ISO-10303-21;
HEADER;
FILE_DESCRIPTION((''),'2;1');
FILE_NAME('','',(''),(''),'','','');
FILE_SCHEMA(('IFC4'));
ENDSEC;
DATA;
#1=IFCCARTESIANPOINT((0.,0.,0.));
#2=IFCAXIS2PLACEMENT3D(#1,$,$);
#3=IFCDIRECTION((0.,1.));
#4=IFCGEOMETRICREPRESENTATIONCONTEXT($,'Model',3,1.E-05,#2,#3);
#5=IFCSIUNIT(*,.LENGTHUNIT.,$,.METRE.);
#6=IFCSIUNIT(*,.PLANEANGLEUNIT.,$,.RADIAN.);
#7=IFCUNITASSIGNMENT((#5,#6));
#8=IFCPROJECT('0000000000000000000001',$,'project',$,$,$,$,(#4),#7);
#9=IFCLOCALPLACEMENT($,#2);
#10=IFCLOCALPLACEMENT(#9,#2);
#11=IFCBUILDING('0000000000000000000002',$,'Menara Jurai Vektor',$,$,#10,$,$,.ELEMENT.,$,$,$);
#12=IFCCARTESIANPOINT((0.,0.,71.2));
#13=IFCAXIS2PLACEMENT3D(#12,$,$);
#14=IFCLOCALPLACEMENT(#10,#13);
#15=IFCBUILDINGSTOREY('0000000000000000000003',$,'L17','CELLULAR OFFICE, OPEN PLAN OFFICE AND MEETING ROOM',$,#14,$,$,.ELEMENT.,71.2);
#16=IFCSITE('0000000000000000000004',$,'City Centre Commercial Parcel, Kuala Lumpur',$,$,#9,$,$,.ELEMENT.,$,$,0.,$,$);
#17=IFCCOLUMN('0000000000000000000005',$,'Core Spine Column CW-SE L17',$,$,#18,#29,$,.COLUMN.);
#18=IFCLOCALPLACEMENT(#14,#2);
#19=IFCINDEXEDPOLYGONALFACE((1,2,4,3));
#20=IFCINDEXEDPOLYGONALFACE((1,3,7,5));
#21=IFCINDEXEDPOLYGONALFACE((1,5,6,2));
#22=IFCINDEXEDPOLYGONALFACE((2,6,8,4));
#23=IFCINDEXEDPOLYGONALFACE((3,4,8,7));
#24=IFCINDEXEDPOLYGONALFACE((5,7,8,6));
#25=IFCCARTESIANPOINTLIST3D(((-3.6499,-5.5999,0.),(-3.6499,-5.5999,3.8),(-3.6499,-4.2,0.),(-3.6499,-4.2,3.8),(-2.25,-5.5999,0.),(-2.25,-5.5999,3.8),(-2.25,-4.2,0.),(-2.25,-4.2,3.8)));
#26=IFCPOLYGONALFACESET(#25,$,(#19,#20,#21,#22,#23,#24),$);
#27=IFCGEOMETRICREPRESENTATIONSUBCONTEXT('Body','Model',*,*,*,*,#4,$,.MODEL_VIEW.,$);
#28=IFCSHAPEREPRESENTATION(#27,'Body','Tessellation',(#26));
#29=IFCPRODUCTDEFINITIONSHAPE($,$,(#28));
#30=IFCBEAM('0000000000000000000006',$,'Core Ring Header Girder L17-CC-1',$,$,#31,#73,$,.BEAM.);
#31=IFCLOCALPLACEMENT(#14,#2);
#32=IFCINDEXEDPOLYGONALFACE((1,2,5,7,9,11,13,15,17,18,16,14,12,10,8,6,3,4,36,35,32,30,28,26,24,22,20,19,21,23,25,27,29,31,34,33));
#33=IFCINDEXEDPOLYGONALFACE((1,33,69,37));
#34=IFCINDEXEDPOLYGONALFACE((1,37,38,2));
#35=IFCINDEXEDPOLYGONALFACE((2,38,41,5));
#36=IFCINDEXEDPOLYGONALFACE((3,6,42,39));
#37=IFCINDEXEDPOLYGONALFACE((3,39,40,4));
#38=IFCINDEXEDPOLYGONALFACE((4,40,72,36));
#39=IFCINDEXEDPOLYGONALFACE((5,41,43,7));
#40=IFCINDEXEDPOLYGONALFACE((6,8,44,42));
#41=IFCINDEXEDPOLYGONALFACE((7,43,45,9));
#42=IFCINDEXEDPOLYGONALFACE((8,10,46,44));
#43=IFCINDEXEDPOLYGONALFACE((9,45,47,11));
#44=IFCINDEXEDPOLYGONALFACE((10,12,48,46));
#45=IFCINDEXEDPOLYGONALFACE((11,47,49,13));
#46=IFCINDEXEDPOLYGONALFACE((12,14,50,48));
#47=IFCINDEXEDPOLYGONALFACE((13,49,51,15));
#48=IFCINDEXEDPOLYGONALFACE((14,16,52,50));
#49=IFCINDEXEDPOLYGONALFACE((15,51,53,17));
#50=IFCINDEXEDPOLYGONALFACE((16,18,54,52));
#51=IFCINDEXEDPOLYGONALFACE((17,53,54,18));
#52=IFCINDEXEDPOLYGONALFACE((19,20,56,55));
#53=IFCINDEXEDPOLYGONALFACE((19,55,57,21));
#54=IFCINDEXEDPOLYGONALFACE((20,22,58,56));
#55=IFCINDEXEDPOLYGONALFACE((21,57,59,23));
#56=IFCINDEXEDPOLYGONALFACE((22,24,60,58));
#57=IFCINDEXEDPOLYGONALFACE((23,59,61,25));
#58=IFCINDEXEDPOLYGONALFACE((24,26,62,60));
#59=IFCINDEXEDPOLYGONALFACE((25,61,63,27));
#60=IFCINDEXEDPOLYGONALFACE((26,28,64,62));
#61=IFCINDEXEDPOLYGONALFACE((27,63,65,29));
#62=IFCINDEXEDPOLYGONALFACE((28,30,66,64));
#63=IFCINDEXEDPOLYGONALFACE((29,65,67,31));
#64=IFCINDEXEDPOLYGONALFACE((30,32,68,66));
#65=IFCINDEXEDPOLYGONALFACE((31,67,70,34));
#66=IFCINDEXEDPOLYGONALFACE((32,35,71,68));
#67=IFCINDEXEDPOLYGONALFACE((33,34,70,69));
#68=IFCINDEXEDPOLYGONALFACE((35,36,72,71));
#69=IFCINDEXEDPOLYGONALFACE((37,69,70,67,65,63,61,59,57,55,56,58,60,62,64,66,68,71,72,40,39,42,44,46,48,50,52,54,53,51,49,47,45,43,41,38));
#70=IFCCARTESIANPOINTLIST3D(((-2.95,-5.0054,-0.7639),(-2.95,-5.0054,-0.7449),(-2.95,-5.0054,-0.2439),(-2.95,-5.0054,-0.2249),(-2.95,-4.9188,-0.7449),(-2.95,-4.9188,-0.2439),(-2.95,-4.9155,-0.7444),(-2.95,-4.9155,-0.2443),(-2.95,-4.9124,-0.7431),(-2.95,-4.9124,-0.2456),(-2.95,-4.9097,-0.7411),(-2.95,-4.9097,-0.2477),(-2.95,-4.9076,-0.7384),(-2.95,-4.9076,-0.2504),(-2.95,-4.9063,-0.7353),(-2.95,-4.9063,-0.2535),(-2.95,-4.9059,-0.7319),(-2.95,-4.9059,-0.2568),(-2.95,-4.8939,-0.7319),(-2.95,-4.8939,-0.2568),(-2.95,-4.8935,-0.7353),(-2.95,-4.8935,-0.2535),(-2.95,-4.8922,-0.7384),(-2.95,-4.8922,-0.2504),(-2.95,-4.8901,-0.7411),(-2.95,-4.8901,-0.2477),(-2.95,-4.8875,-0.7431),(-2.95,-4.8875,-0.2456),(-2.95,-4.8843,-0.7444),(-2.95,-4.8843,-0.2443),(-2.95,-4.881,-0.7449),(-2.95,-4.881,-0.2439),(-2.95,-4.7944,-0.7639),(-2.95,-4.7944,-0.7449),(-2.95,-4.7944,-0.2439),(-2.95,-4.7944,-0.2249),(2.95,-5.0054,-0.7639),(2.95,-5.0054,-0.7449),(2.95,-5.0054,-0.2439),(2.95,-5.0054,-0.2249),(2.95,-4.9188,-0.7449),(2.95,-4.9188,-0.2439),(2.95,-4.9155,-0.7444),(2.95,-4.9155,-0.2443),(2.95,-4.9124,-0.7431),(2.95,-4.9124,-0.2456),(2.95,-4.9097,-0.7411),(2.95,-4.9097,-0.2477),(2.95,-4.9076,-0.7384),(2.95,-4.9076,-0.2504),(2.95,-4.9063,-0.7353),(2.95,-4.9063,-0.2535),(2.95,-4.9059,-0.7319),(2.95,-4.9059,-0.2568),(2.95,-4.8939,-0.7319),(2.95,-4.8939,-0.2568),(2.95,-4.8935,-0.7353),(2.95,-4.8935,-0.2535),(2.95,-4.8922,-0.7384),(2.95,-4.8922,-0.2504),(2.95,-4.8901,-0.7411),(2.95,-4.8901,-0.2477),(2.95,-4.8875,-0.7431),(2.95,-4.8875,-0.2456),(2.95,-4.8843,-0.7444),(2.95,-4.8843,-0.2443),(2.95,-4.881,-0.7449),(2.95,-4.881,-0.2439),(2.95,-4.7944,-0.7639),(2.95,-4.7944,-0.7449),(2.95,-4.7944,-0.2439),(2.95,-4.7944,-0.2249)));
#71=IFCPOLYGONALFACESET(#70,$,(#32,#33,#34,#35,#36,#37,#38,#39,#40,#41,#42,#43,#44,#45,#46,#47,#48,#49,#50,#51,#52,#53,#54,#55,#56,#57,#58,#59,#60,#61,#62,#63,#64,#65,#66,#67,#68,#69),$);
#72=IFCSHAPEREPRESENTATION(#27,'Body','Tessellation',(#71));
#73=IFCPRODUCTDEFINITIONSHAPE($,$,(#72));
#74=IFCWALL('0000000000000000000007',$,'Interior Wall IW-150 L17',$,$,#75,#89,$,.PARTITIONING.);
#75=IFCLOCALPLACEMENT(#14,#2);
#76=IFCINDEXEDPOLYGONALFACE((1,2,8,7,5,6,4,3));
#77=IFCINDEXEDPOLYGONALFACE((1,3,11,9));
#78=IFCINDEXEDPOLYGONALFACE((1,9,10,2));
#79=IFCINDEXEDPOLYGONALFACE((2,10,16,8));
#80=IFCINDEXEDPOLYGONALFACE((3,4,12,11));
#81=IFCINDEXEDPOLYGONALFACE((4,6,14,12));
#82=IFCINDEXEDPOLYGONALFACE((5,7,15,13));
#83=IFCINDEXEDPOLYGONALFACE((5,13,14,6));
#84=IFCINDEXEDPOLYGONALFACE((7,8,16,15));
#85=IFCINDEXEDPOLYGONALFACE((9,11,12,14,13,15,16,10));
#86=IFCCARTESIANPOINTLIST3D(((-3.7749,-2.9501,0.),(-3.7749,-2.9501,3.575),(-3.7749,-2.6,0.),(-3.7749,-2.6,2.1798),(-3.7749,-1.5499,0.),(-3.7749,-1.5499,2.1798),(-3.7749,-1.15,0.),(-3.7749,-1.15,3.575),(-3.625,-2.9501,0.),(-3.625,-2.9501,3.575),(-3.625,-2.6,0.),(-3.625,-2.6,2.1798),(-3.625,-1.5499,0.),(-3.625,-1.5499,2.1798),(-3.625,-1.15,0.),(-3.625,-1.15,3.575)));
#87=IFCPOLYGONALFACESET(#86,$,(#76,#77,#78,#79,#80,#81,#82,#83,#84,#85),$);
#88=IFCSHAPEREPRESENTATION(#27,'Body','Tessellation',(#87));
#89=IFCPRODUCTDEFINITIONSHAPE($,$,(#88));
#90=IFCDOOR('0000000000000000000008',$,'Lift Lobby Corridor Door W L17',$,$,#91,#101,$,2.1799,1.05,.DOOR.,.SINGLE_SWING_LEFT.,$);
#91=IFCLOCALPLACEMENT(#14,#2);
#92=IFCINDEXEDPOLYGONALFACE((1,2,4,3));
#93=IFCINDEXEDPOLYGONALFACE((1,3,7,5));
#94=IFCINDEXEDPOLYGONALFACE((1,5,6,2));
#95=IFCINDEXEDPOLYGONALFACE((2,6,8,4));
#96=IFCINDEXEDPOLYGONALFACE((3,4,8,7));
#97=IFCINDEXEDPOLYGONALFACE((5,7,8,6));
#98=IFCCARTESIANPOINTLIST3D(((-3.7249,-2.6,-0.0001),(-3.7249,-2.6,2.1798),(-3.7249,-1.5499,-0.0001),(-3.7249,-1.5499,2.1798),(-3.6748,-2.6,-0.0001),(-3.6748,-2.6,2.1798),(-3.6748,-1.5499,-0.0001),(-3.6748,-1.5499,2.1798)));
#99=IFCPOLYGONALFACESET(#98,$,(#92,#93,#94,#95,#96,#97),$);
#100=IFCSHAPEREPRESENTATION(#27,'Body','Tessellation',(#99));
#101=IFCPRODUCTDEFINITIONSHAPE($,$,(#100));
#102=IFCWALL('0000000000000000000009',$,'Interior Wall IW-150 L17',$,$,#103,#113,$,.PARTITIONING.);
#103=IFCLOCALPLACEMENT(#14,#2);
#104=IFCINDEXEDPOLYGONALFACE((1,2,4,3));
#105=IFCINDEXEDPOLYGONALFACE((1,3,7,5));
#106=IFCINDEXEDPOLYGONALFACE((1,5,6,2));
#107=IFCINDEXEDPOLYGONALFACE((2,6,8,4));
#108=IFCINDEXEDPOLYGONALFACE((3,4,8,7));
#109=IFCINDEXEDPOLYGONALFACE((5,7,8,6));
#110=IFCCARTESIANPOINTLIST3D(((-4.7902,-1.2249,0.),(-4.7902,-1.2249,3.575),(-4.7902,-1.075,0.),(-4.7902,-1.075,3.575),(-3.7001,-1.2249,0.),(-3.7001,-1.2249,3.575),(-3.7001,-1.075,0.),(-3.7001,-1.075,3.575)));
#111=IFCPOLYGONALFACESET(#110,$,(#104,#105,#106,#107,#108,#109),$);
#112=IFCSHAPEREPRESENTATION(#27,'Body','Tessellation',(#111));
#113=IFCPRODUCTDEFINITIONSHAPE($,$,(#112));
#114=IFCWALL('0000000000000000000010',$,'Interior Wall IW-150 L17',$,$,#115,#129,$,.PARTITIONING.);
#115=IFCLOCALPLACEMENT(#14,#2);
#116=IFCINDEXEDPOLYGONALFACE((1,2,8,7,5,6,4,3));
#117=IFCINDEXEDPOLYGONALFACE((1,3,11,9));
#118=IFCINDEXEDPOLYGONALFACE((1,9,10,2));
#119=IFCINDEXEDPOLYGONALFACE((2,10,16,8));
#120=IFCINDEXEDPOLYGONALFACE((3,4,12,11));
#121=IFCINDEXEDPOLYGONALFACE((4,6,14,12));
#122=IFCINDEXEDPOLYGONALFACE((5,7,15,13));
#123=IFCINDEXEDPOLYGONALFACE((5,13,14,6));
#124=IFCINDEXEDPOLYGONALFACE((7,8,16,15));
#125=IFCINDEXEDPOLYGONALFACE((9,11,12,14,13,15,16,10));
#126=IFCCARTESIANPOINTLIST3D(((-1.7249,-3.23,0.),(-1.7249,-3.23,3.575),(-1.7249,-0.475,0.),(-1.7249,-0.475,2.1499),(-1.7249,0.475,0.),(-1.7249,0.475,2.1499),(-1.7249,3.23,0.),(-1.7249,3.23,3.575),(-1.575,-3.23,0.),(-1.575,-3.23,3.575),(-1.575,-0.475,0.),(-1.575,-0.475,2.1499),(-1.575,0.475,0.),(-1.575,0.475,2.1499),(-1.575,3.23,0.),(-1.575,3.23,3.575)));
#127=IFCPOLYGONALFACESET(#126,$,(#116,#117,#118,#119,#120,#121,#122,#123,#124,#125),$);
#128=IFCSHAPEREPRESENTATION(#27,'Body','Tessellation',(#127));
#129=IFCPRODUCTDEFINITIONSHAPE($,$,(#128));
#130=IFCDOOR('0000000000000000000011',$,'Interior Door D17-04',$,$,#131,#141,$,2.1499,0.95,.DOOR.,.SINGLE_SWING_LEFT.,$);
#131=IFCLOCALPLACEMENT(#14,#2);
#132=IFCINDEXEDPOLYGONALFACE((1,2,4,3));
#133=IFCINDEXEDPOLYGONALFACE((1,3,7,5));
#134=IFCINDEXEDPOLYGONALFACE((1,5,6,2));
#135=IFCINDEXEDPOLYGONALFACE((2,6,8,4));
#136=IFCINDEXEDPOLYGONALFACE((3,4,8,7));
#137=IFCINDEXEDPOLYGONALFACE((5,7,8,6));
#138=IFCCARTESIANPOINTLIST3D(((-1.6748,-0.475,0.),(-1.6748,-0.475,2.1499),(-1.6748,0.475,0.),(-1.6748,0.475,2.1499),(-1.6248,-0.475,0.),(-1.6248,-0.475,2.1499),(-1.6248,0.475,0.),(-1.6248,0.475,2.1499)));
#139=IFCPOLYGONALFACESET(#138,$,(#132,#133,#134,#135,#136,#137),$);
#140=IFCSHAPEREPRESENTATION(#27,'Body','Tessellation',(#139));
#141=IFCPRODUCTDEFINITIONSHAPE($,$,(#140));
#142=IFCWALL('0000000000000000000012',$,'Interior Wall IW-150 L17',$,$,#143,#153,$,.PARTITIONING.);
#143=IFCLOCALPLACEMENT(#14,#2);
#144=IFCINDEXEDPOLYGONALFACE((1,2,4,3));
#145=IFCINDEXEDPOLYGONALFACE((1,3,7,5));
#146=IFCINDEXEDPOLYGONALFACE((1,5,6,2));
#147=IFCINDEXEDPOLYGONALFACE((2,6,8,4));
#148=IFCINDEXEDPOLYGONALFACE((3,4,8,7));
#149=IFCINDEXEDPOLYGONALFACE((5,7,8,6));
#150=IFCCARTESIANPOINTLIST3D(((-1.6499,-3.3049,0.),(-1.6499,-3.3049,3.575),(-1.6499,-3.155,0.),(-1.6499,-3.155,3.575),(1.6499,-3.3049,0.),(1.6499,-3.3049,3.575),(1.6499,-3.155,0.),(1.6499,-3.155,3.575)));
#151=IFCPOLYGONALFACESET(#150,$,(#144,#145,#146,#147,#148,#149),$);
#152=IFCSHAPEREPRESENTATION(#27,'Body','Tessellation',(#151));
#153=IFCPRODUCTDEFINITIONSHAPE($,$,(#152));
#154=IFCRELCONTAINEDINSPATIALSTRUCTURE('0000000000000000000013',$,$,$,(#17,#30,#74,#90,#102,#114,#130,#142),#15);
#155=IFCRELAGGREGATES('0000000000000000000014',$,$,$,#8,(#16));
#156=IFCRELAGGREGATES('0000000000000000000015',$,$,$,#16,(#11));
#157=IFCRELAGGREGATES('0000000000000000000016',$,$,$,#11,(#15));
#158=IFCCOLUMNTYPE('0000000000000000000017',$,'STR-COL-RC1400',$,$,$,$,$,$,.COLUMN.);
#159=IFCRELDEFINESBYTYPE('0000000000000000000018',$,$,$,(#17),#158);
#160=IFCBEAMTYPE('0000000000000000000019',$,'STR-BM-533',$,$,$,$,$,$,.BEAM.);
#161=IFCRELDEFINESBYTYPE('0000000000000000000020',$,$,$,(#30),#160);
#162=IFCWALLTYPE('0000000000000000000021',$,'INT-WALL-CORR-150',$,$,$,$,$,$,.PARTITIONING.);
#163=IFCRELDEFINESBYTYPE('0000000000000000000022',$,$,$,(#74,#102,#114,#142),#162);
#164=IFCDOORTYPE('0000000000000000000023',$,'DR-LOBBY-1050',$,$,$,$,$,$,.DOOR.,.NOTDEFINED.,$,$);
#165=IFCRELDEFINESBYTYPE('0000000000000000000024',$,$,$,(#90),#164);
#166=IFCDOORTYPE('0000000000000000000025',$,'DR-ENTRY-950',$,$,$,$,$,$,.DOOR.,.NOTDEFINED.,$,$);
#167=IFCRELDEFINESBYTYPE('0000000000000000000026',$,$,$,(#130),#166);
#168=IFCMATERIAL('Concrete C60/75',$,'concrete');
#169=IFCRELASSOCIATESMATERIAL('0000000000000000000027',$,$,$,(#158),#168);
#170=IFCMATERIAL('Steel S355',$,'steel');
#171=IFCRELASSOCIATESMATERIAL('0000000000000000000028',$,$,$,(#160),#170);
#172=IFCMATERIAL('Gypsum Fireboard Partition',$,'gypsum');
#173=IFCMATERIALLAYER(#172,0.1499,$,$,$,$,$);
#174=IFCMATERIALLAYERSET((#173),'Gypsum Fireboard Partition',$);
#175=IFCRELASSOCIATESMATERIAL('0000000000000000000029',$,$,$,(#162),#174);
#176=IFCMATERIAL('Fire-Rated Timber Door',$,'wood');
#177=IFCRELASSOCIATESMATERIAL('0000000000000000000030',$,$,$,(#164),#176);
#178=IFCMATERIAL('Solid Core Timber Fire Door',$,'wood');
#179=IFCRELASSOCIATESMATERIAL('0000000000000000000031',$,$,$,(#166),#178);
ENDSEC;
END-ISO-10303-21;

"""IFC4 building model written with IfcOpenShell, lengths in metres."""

from ifc_helpers import new_model, si_unit, direction, frame, frame_2d, origin, origin_2d, place, context, subcontext, project, spatial, rectangle, i_section, extrude, material, layer, layer_set, material_profile, profile_set, type_object, element, fill, save


model = new_model("IFC4")

# Units and contexts
model_context = context("Model", 3, precision=1e-05, world=origin(), true_north=direction((0.0, 1.0)))
body_context = subcontext(model_context, "Body", "Model", "MODEL_VIEW")
ifc_project = project(units=[si_unit("LENGTHUNIT", "METRE"), si_unit("PLANEANGLEUNIT", "RADIAN")], contexts=[model_context])

# Site, building, storey
site_placement = place(None, origin())
site = spatial("IfcSite", under=ifc_project, at=site_placement, Name="City Centre Commercial Parcel, Kuala Lumpur", CompositionType="ELEMENT", RefElevation=0.0)
building_placement = place(site_placement, origin())
building = spatial("IfcBuilding", under=site, at=building_placement, Name="Menara Jurai Vektor", CompositionType="ELEMENT")
storey_placement = place(building_placement, frame((0.0, 0.0, 71.2)))
storey = spatial("IfcBuildingStorey", under=building, at=storey_placement, Name="L17", Description="CELLULAR OFFICE, OPEN PLAN OFFICE AND MEETING ROOM", CompositionType="ELEMENT", Elevation=71.2)

# Column
ifc_material_1 = material(Name="Concrete C60/75", Category="concrete")
ifc_material_profile_1 = material_profile(ifc_material_1, rectangle(XDim=1.3999, YDim=1.3999, at=origin_2d()), Name="RC 1400x1400")
ifc_profile_set_1 = profile_set([ifc_material_profile_1], Name="Concrete C60/75")
column_type = type_object("IfcColumnType", Name="STR-COL-RC1400", PredefinedType="COLUMN", material=ifc_profile_set_1)
column_placement = place(storey_placement, frame((-2.95, -4.8999, 0.0), z_axis=(0.0, 0.0, 1.0), x_axis=(1.0, 0.0, 0.0)))
element("IfcColumn", 1, at=column_placement, inside=storey, type_object=column_type, Name="Core Spine Column CW-SE L17", PredefinedType="COLUMN", context=body_context, shape_type="SweptSolid", body=[
    extrude(rectangle(XDim=1.3999, YDim=1.3999, at=origin_2d()), origin(), (0.0, 0.0, 1.0), 3.8),
])

# Beam
ifc_material_2 = material(Name="Steel S355", Category="steel")
ifc_material_profile_2 = material_profile(ifc_material_2, i_section(OverallWidth=0.2109, OverallDepth=0.5391, WebThickness=0.012, FlangeThickness=0.019, FilletRadius=0.0129, at=origin_2d()), Name="UKB 533x210x109")
ifc_profile_set_2 = profile_set([ifc_material_profile_2], Name="Steel S355")
beam_type = type_object("IfcBeamType", Name="STR-BM-533", PredefinedType="BEAM", material=ifc_profile_set_2)
beam_placement = place(storey_placement, frame((-2.95, -4.8999, -0.4944), z_axis=(1.0, 0.0, 0.0), x_axis=(0.0, 1.0, 0.0)))
element("IfcBeam", 2, at=beam_placement, inside=storey, type_object=beam_type, Name="Core Ring Header Girder L17-CC-1", PredefinedType="BEAM", context=body_context, shape_type="SweptSolid", body=[
    extrude(i_section(OverallWidth=0.2109, OverallDepth=0.5391, WebThickness=0.012, FlangeThickness=0.019, FilletRadius=0.0129, at=origin_2d()), origin(), (0.0, 0.0, 1.0), 5.8999),
])

# Wall, opening, door
ifc_material_3 = material(Name="Gypsum Fireboard Partition", Category="gypsum")
ifc_layer_1 = layer(ifc_material_3, 0.1499)
ifc_layer_set_1 = layer_set([ifc_layer_1], Name="Gypsum Fireboard Partition")
wall_type_1 = type_object("IfcWallType", Name="INT-WALL-CORR-150", PredefinedType="PARTITIONING", material=ifc_layer_set_1)
wall_1_placement = place(storey_placement, frame((-3.7, -2.95, 0.0), z_axis=(0.0, 0.0, 1.0), x_axis=(0.0, 1.0, 0.0)))
wall_1 = element("IfcWall", 3, at=wall_1_placement, inside=storey, type_object=wall_type_1, Name="Interior Wall IW-150 L17", PredefinedType="PARTITIONING", context=body_context, shape_type="SweptSolid", body=[
    extrude(rectangle(XDim=1.8, YDim=0.1499, at=frame_2d((0.8999, 0.0))), origin(), (0.0, 0.0, 1.0), 3.575),
])
opening_1_placement = place(wall_1_placement, frame((0.3501, 0.0, 0.0)))
opening_1 = element("IfcOpeningElement", 4, at=opening_1_placement, cuts=wall_1, PredefinedType="OPENING", context=body_context, shape_type="SweptSolid", body=[
    extrude(rectangle(XDim=1.05, YDim=2.1799, at=frame_2d((0.5249, 1.0898))), frame((0.0, 0.085, 0.0), z_axis=(0.0, -1.0, 0.0), x_axis=(1.0, 0.0, 0.0)), (0.0, 0.0, 1.0), 0.1699),
])
ifc_material_4 = material(Name="Fire-Rated Timber Door", Category="wood")
door_type_1 = type_object("IfcDoorType", Name="DR-LOBBY-1050", OperationType="NOTDEFINED", PredefinedType="DOOR", material=ifc_material_4)
door_1_placement = place(opening_1_placement, origin())
door_1 = element("IfcDoor", 5, at=door_1_placement, inside=storey, type_object=door_type_1, Name="Lift Lobby Corridor Door W L17", OperationType="SINGLE_SWING_LEFT", OverallHeight=2.1799, OverallWidth=1.05, PredefinedType="DOOR", context=body_context, shape_type="SweptSolid", body=[
    extrude(rectangle(XDim=1.05, YDim=2.1799, at=frame_2d((0.5249, 1.0898))), frame((0.0, 0.0249, 0.0), z_axis=(0.0, -1.0, 0.0), x_axis=(1.0, 0.0, 0.0)), (0.0, 0.0, 1.0), 0.05),
])
fill(opening_1, door_1)

# Wall
wall_2_placement = place(storey_placement, frame((-4.79, -1.1499, 0.0), z_axis=(0.0, 0.0, 1.0), x_axis=(1.0, 0.0, 0.0)))
element("IfcWall", 6, at=wall_2_placement, inside=storey, type_object=wall_type_1, Name="Interior Wall IW-150 L17", PredefinedType="PARTITIONING", context=body_context, shape_type="SweptSolid", body=[
    extrude(rectangle(XDim=1.0901, YDim=0.1499, at=frame_2d((0.5449, 0.0))), origin(), (0.0, 0.0, 1.0), 3.575),
])

# Wall, opening, door
wall_3_placement = place(storey_placement, frame((-1.6499, -3.23, 0.0), z_axis=(0.0, 0.0, 1.0), x_axis=(0.0, 1.0, 0.0)))
wall_3 = element("IfcWall", 7, at=wall_3_placement, inside=storey, type_object=wall_type_1, Name="Interior Wall IW-150 L17", PredefinedType="PARTITIONING", context=body_context, shape_type="SweptSolid", body=[
    extrude(rectangle(XDim=6.46, YDim=0.1499, at=frame_2d((3.23, 0.0))), origin(), (0.0, 0.0, 1.0), 3.575),
])
opening_2_placement = place(wall_3_placement, frame((2.7549, 0.0, 0.0)))
opening_2 = element("IfcOpeningElement", 8, at=opening_2_placement, cuts=wall_3, PredefinedType="OPENING", context=body_context, shape_type="SweptSolid", body=[
    extrude(rectangle(XDim=0.95, YDim=2.1499, at=frame_2d((0.4751, 1.075))), frame((0.0, 0.085, 0.0), z_axis=(0.0, -1.0, 0.0), x_axis=(1.0, 0.0, 0.0)), (0.0, 0.0, 1.0), 0.1699),
])
ifc_material_5 = material(Name="Solid Core Timber Fire Door", Category="wood")
door_type_2 = type_object("IfcDoorType", Name="DR-ENTRY-950", OperationType="NOTDEFINED", PredefinedType="DOOR", material=ifc_material_5)
door_2_placement = place(opening_2_placement, origin())
door_2 = element("IfcDoor", 9, at=door_2_placement, inside=storey, type_object=door_type_2, Name="Interior Door D17-04", OperationType="SINGLE_SWING_LEFT", OverallHeight=2.1499, OverallWidth=0.95, PredefinedType="DOOR", context=body_context, shape_type="SweptSolid", body=[
    extrude(rectangle(XDim=0.95, YDim=2.1499, at=frame_2d((0.4751, 1.075))), frame((0.0, 0.0249, 0.0), z_axis=(0.0, -1.0, 0.0), x_axis=(1.0, 0.0, 0.0)), (0.0, 0.0, 1.0), 0.05),
])
fill(opening_2, door_2)

# Wall
wall_4_placement = place(storey_placement, frame((-1.6499, -3.23, 0.0), z_axis=(0.0, 0.0, 1.0), x_axis=(1.0, 0.0, 0.0)))
element("IfcWall", 10, at=wall_4_placement, inside=storey, type_object=wall_type_1, Name="Interior Wall IW-150 L17", PredefinedType="PARTITIONING", context=body_context, shape_type="SweptSolid", body=[
    extrude(rectangle(XDim=3.2998, YDim=0.1499, at=frame_2d((1.6499, 0.0))), origin(), (0.0, 0.0, 1.0), 3.575),
])

save(model, "model.ifc")
